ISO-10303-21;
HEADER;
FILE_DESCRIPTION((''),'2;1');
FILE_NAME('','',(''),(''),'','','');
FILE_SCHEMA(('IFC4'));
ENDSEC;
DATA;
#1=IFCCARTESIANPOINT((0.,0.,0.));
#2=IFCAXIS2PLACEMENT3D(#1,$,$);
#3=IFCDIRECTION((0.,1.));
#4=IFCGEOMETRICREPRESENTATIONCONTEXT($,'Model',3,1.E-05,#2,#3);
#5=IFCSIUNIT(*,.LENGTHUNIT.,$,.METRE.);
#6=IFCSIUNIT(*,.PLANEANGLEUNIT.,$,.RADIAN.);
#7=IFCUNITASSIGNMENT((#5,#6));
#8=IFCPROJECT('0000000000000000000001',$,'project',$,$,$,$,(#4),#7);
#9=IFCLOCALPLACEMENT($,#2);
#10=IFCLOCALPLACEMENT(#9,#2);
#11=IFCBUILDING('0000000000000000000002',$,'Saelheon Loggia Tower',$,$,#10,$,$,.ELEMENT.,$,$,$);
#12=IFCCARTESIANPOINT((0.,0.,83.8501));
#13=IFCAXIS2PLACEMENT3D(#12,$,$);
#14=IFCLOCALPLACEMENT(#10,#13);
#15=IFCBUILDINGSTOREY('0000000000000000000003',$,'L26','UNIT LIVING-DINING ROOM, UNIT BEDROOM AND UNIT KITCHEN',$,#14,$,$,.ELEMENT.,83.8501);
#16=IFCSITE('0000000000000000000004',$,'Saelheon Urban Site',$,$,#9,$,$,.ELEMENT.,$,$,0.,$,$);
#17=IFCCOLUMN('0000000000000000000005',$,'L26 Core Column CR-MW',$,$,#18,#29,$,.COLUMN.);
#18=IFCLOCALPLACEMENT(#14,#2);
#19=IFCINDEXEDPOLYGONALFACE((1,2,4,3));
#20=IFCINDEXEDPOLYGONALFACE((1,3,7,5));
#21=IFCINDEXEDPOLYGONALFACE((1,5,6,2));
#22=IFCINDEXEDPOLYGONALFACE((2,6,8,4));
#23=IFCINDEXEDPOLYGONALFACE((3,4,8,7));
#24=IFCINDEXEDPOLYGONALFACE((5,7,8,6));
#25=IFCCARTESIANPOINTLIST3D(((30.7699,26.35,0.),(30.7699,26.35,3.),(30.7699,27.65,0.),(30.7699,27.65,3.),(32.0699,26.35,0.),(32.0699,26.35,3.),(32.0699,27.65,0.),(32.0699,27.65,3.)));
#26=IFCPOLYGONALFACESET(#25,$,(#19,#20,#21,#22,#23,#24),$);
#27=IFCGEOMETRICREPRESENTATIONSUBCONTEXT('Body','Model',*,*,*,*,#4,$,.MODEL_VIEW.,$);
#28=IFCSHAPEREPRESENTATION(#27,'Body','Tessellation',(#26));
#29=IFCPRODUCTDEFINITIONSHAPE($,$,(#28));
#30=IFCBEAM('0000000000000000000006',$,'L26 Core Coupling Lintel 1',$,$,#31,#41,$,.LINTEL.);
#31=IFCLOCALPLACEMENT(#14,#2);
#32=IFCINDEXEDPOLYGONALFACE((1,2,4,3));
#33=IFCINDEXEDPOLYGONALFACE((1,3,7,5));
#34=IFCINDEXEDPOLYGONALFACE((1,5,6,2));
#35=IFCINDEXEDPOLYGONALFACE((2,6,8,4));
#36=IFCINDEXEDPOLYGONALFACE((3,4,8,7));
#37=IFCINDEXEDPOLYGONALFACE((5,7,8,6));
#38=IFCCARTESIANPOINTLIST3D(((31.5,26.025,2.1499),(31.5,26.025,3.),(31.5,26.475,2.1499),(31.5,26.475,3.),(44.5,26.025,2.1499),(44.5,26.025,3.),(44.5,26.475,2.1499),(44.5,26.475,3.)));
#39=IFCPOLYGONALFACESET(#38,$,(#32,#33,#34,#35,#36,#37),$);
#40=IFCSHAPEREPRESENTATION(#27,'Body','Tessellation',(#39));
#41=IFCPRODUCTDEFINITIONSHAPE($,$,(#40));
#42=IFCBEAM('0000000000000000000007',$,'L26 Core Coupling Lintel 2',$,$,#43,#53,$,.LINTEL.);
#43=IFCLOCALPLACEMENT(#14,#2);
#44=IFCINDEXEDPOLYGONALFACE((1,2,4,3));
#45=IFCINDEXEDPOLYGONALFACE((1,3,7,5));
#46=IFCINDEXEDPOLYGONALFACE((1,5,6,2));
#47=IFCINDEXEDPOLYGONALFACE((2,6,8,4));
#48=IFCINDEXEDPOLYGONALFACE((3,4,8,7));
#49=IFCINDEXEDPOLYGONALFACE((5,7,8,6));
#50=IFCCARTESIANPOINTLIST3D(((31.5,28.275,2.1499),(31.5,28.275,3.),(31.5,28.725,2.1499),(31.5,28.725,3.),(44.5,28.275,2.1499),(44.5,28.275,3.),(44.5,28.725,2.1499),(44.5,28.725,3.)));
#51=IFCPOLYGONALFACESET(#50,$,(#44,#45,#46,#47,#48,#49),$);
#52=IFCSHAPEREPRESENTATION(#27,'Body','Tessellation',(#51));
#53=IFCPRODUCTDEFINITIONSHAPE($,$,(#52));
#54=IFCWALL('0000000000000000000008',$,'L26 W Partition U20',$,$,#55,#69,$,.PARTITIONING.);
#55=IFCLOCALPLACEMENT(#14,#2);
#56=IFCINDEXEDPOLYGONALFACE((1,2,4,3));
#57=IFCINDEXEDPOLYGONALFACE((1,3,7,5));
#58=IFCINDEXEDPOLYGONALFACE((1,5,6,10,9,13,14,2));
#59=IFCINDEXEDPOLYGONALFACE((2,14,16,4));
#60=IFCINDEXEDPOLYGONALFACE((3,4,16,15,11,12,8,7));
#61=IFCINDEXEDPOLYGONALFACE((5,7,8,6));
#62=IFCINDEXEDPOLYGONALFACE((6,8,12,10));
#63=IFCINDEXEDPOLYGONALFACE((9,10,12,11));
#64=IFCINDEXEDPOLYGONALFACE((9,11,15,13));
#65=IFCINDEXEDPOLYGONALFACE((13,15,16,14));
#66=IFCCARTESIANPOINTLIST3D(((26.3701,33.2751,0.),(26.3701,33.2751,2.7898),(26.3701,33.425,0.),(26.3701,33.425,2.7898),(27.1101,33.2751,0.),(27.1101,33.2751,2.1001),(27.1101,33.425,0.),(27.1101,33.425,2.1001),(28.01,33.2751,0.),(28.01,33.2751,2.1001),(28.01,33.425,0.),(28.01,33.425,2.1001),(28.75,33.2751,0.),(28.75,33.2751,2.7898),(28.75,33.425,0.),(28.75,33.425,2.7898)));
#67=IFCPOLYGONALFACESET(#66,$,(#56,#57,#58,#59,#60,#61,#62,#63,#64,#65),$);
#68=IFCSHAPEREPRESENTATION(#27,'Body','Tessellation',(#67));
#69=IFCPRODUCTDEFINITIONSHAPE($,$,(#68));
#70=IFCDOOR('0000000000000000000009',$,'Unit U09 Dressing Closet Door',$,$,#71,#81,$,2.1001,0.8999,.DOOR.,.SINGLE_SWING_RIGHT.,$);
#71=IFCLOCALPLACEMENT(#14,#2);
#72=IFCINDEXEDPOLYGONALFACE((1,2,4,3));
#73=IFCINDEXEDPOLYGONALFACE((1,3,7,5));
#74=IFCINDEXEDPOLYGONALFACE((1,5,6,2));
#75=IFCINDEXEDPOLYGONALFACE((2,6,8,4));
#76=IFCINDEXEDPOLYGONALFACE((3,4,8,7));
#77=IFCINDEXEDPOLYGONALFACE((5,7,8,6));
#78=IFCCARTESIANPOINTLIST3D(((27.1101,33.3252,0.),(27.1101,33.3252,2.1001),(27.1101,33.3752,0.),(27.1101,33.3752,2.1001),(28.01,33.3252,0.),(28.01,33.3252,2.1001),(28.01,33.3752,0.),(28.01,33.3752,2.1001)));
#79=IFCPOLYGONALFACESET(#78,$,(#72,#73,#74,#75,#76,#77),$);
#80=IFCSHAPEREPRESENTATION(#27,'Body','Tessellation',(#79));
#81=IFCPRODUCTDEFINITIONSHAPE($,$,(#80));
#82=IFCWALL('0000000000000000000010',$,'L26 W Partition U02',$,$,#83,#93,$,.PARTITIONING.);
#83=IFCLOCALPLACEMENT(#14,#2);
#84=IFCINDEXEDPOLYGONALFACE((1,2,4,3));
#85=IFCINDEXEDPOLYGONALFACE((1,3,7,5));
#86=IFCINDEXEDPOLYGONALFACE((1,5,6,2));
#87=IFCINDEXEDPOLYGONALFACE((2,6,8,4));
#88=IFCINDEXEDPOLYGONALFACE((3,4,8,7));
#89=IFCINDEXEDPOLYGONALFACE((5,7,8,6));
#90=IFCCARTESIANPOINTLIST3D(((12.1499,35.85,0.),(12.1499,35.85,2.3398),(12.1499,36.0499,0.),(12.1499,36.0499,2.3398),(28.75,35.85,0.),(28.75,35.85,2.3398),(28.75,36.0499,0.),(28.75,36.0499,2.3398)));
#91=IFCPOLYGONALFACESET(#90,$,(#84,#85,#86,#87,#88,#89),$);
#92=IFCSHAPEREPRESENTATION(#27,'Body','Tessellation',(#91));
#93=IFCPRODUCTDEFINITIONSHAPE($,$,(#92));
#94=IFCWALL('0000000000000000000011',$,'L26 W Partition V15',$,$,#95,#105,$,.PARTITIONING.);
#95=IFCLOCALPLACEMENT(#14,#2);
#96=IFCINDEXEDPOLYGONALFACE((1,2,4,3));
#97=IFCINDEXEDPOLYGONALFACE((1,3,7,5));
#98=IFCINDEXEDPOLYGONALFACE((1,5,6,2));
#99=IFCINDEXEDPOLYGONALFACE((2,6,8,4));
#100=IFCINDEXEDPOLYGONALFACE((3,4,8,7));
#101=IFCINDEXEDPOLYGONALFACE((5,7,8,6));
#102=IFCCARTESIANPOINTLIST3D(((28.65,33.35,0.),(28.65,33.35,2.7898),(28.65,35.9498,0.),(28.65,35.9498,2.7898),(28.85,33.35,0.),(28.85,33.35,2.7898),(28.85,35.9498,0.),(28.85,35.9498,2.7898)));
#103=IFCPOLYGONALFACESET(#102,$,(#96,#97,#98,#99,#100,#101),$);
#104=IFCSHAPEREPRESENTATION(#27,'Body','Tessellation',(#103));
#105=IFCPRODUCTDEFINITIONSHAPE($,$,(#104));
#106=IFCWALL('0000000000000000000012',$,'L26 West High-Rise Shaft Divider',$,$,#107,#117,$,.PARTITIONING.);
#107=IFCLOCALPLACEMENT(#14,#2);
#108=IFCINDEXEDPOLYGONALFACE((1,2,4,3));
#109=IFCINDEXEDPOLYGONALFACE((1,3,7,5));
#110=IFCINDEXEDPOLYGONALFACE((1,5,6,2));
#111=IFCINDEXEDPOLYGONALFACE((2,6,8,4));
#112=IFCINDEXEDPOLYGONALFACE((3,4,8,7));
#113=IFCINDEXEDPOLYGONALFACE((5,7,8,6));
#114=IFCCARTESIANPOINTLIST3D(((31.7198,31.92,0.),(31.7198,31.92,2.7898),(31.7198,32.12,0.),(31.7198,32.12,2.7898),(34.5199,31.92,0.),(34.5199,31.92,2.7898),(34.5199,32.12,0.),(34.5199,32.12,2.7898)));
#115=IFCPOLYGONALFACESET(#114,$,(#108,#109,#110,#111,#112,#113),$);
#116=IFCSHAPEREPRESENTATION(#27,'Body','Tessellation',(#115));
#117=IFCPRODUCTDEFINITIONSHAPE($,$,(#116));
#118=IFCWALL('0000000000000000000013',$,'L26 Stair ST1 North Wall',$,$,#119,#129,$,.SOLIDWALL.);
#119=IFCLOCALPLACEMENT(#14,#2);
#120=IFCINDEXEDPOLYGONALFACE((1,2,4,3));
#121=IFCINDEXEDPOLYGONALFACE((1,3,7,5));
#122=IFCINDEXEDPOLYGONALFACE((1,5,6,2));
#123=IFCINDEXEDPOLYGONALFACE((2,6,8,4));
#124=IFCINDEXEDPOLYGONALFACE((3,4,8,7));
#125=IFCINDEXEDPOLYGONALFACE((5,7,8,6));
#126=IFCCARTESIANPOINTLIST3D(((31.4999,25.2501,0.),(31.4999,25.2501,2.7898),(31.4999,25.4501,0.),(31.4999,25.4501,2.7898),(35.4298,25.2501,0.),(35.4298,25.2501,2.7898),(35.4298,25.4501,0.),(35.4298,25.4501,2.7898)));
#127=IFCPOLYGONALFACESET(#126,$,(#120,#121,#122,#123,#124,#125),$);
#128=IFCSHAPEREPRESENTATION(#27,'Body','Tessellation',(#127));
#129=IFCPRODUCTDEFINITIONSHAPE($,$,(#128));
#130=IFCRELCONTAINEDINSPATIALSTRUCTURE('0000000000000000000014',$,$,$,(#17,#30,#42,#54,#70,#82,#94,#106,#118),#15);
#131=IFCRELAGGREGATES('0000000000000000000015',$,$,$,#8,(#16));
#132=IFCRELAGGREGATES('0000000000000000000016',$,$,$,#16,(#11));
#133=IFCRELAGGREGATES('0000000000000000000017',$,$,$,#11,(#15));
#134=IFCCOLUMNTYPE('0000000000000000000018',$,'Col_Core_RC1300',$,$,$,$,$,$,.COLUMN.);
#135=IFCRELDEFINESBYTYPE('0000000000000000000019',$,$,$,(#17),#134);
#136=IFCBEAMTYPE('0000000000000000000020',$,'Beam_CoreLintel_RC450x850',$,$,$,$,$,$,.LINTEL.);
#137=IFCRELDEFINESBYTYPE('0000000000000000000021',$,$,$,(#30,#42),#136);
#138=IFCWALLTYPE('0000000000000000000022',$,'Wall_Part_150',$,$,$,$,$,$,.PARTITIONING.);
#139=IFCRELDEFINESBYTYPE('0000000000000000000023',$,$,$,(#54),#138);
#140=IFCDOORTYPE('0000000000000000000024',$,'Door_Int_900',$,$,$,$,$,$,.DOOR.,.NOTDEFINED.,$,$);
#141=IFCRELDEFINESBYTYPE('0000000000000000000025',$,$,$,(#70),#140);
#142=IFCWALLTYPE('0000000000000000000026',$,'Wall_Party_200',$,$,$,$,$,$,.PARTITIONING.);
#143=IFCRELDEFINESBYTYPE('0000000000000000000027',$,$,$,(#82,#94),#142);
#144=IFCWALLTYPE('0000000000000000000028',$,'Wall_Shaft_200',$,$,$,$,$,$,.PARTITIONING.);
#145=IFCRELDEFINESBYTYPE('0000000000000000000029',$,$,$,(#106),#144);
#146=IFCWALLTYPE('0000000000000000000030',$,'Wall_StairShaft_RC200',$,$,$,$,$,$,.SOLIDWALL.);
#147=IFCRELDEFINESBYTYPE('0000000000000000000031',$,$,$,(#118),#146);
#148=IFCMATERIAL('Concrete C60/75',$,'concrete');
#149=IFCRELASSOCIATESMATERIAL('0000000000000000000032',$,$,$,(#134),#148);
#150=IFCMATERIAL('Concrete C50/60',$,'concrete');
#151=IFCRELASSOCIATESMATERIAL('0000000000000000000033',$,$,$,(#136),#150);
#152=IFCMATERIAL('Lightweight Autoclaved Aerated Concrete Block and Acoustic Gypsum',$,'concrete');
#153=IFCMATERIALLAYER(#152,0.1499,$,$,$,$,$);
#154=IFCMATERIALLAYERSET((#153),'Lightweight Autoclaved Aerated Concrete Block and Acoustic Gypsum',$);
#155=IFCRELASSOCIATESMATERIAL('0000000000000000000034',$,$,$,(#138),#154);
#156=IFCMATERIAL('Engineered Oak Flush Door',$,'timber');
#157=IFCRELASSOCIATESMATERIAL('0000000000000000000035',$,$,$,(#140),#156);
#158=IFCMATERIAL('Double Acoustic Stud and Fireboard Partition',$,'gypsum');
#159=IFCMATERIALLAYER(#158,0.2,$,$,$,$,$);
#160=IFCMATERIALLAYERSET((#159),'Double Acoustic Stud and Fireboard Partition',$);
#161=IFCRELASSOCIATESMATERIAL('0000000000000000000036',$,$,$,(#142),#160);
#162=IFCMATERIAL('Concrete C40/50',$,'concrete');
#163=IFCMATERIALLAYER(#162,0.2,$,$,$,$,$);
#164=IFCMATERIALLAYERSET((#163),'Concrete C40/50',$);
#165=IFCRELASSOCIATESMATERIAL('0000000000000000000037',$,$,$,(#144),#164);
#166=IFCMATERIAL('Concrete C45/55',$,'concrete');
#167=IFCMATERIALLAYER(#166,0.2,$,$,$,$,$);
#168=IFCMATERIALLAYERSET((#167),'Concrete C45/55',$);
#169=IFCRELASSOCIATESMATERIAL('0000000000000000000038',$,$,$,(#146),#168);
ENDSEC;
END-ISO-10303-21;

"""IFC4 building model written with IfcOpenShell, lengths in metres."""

from ifc_helpers import new_model, si_unit, direction, frame, frame_2d, origin, origin_2d, place, context, subcontext, project, spatial, rectangle, extrude, source, transform, mapped, material, layer, layer_set, material_profile, profile_set, type_object, element, fill, save


model = new_model("IFC4")

# Units and contexts
model_context = context("Model", 3, precision=1e-05, world=origin(), true_north=direction((0.0, 1.0)))
body_context = subcontext(model_context, "Body", "Model", "MODEL_VIEW")
ifc_project = project(units=[si_unit("LENGTHUNIT", "METRE"), si_unit("PLANEANGLEUNIT", "RADIAN")], contexts=[model_context])

# Site, building, storey
site_placement = place(None, origin())
site = spatial("IfcSite", under=ifc_project, at=site_placement, Name="Saelheon Urban Site", CompositionType="ELEMENT", RefElevation=0.0)
building_placement = place(site_placement, origin())
building = spatial("IfcBuilding", under=site, at=building_placement, Name="Saelheon Loggia Tower", CompositionType="ELEMENT")
storey_placement = place(building_placement, frame((0.0, 0.0, 83.8501)))
storey = spatial("IfcBuildingStorey", under=building, at=storey_placement, Name="L26", Description="UNIT LIVING-DINING ROOM, UNIT BEDROOM AND UNIT KITCHEN", CompositionType="ELEMENT", Elevation=83.8501)

# Column
ifc_material_1 = material(Name="Concrete C60/75", Category="concrete")
ifc_material_profile_1 = material_profile(ifc_material_1, rectangle(XDim=1.3, YDim=1.3, at=origin_2d()), Name="RC-1300x1300")
ifc_profile_set_1 = profile_set([ifc_material_profile_1], Name="Concrete C60/75")
column_type = type_object("IfcColumnType", Name="Col_Core_RC1300", PredefinedType="COLUMN", material=ifc_profile_set_1)
shared_shape_1 = source(origin(), body_context, "Body", "SweptSolid", [
    extrude(rectangle(XDim=1.3, YDim=1.3, at=origin_2d()), origin(), (0.0, 0.0, 1.0), 3.0),
])
column_placement = place(storey_placement, frame((31.4199, 27.0, 0.0), z_axis=(0.0, 0.0, 1.0), x_axis=(1.0, 0.0, 0.0)))
element("IfcColumn", 1, at=column_placement, inside=storey, type_object=column_type, Name="L26 Core Column CR-MW", PredefinedType="COLUMN", context=body_context, shape_type="MappedRepresentation", body=[
    mapped(shared_shape_1, transform((0.0, 0.0, 0.0), scale=1.0)),
])

# Beams
ifc_material_2 = material(Name="Concrete C50/60", Category="concrete")
ifc_material_profile_2 = material_profile(ifc_material_2, rectangle(XDim=0.45, YDim=0.8501, at=origin_2d()), Name="RC-450x850")
ifc_profile_set_2 = profile_set([ifc_material_profile_2], Name="Concrete C50/60")
beam_type = type_object("IfcBeamType", Name="Beam_CoreLintel_RC450x850", PredefinedType="LINTEL", material=ifc_profile_set_2)
shared_shape_2 = source(origin(), body_context, "Body", "SweptSolid", [
    extrude(rectangle(XDim=0.45, YDim=0.8501, at=origin_2d()), origin(), (0.0, 0.0, 1.0), 13.0),
])
for number, where, z_axis, x_axis, name in (
    (2, (31.5, 26.25, 2.575), (1.0, 0.0, 0.0), (0.0, 1.0, 0.0), "L26 Core Coupling Lintel 1"),
    (3, (31.5, 28.5, 2.575), (1.0, 0.0, 0.0), (0.0, 1.0, 0.0), "L26 Core Coupling Lintel 2"),
):
    element("IfcBeam", number, at=place(storey_placement, frame(where, z_axis=z_axis, x_axis=x_axis)), inside=storey, type_object=beam_type, Name=name, PredefinedType="LINTEL", context=body_context, shape_type="MappedRepresentation", body=[
        mapped(shared_shape_2, transform((0.0, 0.0, 0.0), scale=1.0)),
    ])

# Wall, opening, door
ifc_material_3 = material(Name="Lightweight Autoclaved Aerated Concrete Block and Acoustic Gypsum", Category="concrete")
ifc_layer_1 = layer(ifc_material_3, 0.1499)
ifc_layer_set_1 = layer_set([ifc_layer_1], Name="Lightweight Autoclaved Aerated Concrete Block and Acoustic Gypsum")
wall_type_1 = type_object("IfcWallType", Name="Wall_Part_150", PredefinedType="PARTITIONING", material=ifc_layer_set_1)
wall_1_placement = place(storey_placement, frame((28.75, 33.3501, 0.0), z_axis=(0.0, 0.0, 1.0), x_axis=(-1.0, 0.0, 0.0)))
wall_1 = element("IfcWall", 4, at=wall_1_placement, inside=storey, type_object=wall_type_1, Name="L26 W Partition U20", PredefinedType="PARTITIONING", context=body_context, shape_type="SweptSolid", body=[
    extrude(rectangle(XDim=2.3799, YDim=0.1499, at=frame_2d((1.1899, 0.0))), origin(), (0.0, 0.0, 1.0), 2.7898),
])
opening_1_placement = place(wall_1_placement, frame((0.74, 0.0, 0.0)))
opening_1 = element("IfcOpeningElement", 5, at=opening_1_placement, cuts=wall_1, PredefinedType="OPENING", context=body_context, shape_type="SweptSolid", body=[
    extrude(rectangle(XDim=0.8999, YDim=2.1001, at=frame_2d((0.45, 1.05))), frame((0.0, 0.0869, 0.0), z_axis=(0.0, -1.0, 0.0), x_axis=(1.0, 0.0, 0.0)), (0.0, 0.0, 1.0), 0.1738),
])
ifc_material_4 = material(Name="Engineered Oak Flush Door", Category="timber")
door_type_1 = type_object("IfcDoorType", Name="Door_Int_900", OperationType="NOTDEFINED", PredefinedType="DOOR", material=ifc_material_4)
shared_shape_3 = source(origin(), body_context, "Body", "SweptSolid", [
    extrude(rectangle(XDim=0.8999, YDim=2.1001, at=frame_2d((0.45, 1.05))), frame((0.0, 0.0249, 0.0), z_axis=(0.0, -1.0, 0.0), x_axis=(1.0, 0.0, 0.0)), (0.0, 0.0, 1.0), 0.05),
])
door_1_placement = place(opening_1_placement, origin())
door_1 = element("IfcDoor", 6, at=door_1_placement, inside=storey, type_object=door_type_1, Name="Unit U09 Dressing Closet Door", OperationType="SINGLE_SWING_RIGHT", OverallHeight=2.1001, OverallWidth=0.8999, PredefinedType="DOOR", context=body_context, shape_type="MappedRepresentation", body=[
    mapped(shared_shape_3, transform((0.0, 0.0, 0.0), scale=1.0)),
])
fill(opening_1, door_1)

# Walls
ifc_material_5 = material(Name="Double Acoustic Stud and Fireboard Partition", Category="gypsum")
ifc_layer_2 = layer(ifc_material_5, 0.2)
ifc_layer_set_2 = layer_set([ifc_layer_2], Name="Double Acoustic Stud and Fireboard Partition")
wall_type_2 = type_object("IfcWallType", Name="Wall_Party_200", PredefinedType="PARTITIONING", material=ifc_layer_set_2)
wall_2_placement = place(storey_placement, frame((28.75, 35.95, 0.0), z_axis=(0.0, 0.0, 1.0), x_axis=(-1.0, 0.0, 0.0)))
element("IfcWall", 7, at=wall_2_placement, inside=storey, type_object=wall_type_2, Name="L26 W Partition U02", PredefinedType="PARTITIONING", context=body_context, shape_type="SweptSolid", body=[
    extrude(rectangle(XDim=16.6001, YDim=0.2, at=frame_2d((8.3, 0.0))), origin(), (0.0, 0.0, 1.0), 2.3398),
])
wall_3_placement = place(storey_placement, frame((28.75, 33.3501, 0.0), z_axis=(0.0, 0.0, 1.0), x_axis=(0.0, 1.0, 0.0)))
element("IfcWall", 8, at=wall_3_placement, inside=storey, type_object=wall_type_2, Name="L26 W Partition V15", PredefinedType="PARTITIONING", context=body_context, shape_type="SweptSolid", body=[
    extrude(rectangle(XDim=2.5999, YDim=0.2, at=frame_2d((1.2998, 0.0))), origin(), (0.0, 0.0, 1.0), 2.7898),
])

# Shared definitions
ifc_material_6 = material(Name="Concrete C40/50", Category="concrete")
ifc_layer_3 = layer(ifc_material_6, 0.2)
ifc_layer_set_3 = layer_set([ifc_layer_3], Name="Concrete C40/50")
wall_type_3 = type_object("IfcWallType", Name="Wall_Shaft_200", PredefinedType="PARTITIONING", material=ifc_layer_set_3)

# Walls
wall_4_placement = place(storey_placement, frame((31.72, 32.02, 0.0), z_axis=(0.0, 0.0, 1.0), x_axis=(1.0, 0.0, 0.0)))
element("IfcWall", 9, at=wall_4_placement, inside=storey, type_object=wall_type_3, Name="L26 West High-Rise Shaft Divider", PredefinedType="PARTITIONING", context=body_context, shape_type="SweptSolid", body=[
    extrude(rectangle(XDim=2.8, YDim=0.2, at=frame_2d((1.3999, 0.0))), origin(), (0.0, 0.0, 1.0), 2.7898),
])
ifc_material_7 = material(Name="Concrete C45/55", Category="concrete")
ifc_layer_4 = layer(ifc_material_7, 0.2)
ifc_layer_set_4 = layer_set([ifc_layer_4], Name="Concrete C45/55")
wall_type_4 = type_object("IfcWallType", Name="Wall_StairShaft_RC200", PredefinedType="SOLIDWALL", material=ifc_layer_set_4)
wall_5_placement = place(storey_placement, frame((31.5, 25.3501, 0.0), z_axis=(0.0, 0.0, 1.0), x_axis=(1.0, 0.0, 0.0)))
element("IfcWall", 10, at=wall_5_placement, inside=storey, type_object=wall_type_4, Name="L26 Stair ST1 North Wall", PredefinedType="SOLIDWALL", context=body_context, shape_type="SweptSolid", body=[
    extrude(rectangle(XDim=3.9299, YDim=0.2, at=frame_2d((1.9648, 0.0))), origin(), (0.0, 0.0, 1.0), 2.7898),
])

save(model, "model.ifc")
